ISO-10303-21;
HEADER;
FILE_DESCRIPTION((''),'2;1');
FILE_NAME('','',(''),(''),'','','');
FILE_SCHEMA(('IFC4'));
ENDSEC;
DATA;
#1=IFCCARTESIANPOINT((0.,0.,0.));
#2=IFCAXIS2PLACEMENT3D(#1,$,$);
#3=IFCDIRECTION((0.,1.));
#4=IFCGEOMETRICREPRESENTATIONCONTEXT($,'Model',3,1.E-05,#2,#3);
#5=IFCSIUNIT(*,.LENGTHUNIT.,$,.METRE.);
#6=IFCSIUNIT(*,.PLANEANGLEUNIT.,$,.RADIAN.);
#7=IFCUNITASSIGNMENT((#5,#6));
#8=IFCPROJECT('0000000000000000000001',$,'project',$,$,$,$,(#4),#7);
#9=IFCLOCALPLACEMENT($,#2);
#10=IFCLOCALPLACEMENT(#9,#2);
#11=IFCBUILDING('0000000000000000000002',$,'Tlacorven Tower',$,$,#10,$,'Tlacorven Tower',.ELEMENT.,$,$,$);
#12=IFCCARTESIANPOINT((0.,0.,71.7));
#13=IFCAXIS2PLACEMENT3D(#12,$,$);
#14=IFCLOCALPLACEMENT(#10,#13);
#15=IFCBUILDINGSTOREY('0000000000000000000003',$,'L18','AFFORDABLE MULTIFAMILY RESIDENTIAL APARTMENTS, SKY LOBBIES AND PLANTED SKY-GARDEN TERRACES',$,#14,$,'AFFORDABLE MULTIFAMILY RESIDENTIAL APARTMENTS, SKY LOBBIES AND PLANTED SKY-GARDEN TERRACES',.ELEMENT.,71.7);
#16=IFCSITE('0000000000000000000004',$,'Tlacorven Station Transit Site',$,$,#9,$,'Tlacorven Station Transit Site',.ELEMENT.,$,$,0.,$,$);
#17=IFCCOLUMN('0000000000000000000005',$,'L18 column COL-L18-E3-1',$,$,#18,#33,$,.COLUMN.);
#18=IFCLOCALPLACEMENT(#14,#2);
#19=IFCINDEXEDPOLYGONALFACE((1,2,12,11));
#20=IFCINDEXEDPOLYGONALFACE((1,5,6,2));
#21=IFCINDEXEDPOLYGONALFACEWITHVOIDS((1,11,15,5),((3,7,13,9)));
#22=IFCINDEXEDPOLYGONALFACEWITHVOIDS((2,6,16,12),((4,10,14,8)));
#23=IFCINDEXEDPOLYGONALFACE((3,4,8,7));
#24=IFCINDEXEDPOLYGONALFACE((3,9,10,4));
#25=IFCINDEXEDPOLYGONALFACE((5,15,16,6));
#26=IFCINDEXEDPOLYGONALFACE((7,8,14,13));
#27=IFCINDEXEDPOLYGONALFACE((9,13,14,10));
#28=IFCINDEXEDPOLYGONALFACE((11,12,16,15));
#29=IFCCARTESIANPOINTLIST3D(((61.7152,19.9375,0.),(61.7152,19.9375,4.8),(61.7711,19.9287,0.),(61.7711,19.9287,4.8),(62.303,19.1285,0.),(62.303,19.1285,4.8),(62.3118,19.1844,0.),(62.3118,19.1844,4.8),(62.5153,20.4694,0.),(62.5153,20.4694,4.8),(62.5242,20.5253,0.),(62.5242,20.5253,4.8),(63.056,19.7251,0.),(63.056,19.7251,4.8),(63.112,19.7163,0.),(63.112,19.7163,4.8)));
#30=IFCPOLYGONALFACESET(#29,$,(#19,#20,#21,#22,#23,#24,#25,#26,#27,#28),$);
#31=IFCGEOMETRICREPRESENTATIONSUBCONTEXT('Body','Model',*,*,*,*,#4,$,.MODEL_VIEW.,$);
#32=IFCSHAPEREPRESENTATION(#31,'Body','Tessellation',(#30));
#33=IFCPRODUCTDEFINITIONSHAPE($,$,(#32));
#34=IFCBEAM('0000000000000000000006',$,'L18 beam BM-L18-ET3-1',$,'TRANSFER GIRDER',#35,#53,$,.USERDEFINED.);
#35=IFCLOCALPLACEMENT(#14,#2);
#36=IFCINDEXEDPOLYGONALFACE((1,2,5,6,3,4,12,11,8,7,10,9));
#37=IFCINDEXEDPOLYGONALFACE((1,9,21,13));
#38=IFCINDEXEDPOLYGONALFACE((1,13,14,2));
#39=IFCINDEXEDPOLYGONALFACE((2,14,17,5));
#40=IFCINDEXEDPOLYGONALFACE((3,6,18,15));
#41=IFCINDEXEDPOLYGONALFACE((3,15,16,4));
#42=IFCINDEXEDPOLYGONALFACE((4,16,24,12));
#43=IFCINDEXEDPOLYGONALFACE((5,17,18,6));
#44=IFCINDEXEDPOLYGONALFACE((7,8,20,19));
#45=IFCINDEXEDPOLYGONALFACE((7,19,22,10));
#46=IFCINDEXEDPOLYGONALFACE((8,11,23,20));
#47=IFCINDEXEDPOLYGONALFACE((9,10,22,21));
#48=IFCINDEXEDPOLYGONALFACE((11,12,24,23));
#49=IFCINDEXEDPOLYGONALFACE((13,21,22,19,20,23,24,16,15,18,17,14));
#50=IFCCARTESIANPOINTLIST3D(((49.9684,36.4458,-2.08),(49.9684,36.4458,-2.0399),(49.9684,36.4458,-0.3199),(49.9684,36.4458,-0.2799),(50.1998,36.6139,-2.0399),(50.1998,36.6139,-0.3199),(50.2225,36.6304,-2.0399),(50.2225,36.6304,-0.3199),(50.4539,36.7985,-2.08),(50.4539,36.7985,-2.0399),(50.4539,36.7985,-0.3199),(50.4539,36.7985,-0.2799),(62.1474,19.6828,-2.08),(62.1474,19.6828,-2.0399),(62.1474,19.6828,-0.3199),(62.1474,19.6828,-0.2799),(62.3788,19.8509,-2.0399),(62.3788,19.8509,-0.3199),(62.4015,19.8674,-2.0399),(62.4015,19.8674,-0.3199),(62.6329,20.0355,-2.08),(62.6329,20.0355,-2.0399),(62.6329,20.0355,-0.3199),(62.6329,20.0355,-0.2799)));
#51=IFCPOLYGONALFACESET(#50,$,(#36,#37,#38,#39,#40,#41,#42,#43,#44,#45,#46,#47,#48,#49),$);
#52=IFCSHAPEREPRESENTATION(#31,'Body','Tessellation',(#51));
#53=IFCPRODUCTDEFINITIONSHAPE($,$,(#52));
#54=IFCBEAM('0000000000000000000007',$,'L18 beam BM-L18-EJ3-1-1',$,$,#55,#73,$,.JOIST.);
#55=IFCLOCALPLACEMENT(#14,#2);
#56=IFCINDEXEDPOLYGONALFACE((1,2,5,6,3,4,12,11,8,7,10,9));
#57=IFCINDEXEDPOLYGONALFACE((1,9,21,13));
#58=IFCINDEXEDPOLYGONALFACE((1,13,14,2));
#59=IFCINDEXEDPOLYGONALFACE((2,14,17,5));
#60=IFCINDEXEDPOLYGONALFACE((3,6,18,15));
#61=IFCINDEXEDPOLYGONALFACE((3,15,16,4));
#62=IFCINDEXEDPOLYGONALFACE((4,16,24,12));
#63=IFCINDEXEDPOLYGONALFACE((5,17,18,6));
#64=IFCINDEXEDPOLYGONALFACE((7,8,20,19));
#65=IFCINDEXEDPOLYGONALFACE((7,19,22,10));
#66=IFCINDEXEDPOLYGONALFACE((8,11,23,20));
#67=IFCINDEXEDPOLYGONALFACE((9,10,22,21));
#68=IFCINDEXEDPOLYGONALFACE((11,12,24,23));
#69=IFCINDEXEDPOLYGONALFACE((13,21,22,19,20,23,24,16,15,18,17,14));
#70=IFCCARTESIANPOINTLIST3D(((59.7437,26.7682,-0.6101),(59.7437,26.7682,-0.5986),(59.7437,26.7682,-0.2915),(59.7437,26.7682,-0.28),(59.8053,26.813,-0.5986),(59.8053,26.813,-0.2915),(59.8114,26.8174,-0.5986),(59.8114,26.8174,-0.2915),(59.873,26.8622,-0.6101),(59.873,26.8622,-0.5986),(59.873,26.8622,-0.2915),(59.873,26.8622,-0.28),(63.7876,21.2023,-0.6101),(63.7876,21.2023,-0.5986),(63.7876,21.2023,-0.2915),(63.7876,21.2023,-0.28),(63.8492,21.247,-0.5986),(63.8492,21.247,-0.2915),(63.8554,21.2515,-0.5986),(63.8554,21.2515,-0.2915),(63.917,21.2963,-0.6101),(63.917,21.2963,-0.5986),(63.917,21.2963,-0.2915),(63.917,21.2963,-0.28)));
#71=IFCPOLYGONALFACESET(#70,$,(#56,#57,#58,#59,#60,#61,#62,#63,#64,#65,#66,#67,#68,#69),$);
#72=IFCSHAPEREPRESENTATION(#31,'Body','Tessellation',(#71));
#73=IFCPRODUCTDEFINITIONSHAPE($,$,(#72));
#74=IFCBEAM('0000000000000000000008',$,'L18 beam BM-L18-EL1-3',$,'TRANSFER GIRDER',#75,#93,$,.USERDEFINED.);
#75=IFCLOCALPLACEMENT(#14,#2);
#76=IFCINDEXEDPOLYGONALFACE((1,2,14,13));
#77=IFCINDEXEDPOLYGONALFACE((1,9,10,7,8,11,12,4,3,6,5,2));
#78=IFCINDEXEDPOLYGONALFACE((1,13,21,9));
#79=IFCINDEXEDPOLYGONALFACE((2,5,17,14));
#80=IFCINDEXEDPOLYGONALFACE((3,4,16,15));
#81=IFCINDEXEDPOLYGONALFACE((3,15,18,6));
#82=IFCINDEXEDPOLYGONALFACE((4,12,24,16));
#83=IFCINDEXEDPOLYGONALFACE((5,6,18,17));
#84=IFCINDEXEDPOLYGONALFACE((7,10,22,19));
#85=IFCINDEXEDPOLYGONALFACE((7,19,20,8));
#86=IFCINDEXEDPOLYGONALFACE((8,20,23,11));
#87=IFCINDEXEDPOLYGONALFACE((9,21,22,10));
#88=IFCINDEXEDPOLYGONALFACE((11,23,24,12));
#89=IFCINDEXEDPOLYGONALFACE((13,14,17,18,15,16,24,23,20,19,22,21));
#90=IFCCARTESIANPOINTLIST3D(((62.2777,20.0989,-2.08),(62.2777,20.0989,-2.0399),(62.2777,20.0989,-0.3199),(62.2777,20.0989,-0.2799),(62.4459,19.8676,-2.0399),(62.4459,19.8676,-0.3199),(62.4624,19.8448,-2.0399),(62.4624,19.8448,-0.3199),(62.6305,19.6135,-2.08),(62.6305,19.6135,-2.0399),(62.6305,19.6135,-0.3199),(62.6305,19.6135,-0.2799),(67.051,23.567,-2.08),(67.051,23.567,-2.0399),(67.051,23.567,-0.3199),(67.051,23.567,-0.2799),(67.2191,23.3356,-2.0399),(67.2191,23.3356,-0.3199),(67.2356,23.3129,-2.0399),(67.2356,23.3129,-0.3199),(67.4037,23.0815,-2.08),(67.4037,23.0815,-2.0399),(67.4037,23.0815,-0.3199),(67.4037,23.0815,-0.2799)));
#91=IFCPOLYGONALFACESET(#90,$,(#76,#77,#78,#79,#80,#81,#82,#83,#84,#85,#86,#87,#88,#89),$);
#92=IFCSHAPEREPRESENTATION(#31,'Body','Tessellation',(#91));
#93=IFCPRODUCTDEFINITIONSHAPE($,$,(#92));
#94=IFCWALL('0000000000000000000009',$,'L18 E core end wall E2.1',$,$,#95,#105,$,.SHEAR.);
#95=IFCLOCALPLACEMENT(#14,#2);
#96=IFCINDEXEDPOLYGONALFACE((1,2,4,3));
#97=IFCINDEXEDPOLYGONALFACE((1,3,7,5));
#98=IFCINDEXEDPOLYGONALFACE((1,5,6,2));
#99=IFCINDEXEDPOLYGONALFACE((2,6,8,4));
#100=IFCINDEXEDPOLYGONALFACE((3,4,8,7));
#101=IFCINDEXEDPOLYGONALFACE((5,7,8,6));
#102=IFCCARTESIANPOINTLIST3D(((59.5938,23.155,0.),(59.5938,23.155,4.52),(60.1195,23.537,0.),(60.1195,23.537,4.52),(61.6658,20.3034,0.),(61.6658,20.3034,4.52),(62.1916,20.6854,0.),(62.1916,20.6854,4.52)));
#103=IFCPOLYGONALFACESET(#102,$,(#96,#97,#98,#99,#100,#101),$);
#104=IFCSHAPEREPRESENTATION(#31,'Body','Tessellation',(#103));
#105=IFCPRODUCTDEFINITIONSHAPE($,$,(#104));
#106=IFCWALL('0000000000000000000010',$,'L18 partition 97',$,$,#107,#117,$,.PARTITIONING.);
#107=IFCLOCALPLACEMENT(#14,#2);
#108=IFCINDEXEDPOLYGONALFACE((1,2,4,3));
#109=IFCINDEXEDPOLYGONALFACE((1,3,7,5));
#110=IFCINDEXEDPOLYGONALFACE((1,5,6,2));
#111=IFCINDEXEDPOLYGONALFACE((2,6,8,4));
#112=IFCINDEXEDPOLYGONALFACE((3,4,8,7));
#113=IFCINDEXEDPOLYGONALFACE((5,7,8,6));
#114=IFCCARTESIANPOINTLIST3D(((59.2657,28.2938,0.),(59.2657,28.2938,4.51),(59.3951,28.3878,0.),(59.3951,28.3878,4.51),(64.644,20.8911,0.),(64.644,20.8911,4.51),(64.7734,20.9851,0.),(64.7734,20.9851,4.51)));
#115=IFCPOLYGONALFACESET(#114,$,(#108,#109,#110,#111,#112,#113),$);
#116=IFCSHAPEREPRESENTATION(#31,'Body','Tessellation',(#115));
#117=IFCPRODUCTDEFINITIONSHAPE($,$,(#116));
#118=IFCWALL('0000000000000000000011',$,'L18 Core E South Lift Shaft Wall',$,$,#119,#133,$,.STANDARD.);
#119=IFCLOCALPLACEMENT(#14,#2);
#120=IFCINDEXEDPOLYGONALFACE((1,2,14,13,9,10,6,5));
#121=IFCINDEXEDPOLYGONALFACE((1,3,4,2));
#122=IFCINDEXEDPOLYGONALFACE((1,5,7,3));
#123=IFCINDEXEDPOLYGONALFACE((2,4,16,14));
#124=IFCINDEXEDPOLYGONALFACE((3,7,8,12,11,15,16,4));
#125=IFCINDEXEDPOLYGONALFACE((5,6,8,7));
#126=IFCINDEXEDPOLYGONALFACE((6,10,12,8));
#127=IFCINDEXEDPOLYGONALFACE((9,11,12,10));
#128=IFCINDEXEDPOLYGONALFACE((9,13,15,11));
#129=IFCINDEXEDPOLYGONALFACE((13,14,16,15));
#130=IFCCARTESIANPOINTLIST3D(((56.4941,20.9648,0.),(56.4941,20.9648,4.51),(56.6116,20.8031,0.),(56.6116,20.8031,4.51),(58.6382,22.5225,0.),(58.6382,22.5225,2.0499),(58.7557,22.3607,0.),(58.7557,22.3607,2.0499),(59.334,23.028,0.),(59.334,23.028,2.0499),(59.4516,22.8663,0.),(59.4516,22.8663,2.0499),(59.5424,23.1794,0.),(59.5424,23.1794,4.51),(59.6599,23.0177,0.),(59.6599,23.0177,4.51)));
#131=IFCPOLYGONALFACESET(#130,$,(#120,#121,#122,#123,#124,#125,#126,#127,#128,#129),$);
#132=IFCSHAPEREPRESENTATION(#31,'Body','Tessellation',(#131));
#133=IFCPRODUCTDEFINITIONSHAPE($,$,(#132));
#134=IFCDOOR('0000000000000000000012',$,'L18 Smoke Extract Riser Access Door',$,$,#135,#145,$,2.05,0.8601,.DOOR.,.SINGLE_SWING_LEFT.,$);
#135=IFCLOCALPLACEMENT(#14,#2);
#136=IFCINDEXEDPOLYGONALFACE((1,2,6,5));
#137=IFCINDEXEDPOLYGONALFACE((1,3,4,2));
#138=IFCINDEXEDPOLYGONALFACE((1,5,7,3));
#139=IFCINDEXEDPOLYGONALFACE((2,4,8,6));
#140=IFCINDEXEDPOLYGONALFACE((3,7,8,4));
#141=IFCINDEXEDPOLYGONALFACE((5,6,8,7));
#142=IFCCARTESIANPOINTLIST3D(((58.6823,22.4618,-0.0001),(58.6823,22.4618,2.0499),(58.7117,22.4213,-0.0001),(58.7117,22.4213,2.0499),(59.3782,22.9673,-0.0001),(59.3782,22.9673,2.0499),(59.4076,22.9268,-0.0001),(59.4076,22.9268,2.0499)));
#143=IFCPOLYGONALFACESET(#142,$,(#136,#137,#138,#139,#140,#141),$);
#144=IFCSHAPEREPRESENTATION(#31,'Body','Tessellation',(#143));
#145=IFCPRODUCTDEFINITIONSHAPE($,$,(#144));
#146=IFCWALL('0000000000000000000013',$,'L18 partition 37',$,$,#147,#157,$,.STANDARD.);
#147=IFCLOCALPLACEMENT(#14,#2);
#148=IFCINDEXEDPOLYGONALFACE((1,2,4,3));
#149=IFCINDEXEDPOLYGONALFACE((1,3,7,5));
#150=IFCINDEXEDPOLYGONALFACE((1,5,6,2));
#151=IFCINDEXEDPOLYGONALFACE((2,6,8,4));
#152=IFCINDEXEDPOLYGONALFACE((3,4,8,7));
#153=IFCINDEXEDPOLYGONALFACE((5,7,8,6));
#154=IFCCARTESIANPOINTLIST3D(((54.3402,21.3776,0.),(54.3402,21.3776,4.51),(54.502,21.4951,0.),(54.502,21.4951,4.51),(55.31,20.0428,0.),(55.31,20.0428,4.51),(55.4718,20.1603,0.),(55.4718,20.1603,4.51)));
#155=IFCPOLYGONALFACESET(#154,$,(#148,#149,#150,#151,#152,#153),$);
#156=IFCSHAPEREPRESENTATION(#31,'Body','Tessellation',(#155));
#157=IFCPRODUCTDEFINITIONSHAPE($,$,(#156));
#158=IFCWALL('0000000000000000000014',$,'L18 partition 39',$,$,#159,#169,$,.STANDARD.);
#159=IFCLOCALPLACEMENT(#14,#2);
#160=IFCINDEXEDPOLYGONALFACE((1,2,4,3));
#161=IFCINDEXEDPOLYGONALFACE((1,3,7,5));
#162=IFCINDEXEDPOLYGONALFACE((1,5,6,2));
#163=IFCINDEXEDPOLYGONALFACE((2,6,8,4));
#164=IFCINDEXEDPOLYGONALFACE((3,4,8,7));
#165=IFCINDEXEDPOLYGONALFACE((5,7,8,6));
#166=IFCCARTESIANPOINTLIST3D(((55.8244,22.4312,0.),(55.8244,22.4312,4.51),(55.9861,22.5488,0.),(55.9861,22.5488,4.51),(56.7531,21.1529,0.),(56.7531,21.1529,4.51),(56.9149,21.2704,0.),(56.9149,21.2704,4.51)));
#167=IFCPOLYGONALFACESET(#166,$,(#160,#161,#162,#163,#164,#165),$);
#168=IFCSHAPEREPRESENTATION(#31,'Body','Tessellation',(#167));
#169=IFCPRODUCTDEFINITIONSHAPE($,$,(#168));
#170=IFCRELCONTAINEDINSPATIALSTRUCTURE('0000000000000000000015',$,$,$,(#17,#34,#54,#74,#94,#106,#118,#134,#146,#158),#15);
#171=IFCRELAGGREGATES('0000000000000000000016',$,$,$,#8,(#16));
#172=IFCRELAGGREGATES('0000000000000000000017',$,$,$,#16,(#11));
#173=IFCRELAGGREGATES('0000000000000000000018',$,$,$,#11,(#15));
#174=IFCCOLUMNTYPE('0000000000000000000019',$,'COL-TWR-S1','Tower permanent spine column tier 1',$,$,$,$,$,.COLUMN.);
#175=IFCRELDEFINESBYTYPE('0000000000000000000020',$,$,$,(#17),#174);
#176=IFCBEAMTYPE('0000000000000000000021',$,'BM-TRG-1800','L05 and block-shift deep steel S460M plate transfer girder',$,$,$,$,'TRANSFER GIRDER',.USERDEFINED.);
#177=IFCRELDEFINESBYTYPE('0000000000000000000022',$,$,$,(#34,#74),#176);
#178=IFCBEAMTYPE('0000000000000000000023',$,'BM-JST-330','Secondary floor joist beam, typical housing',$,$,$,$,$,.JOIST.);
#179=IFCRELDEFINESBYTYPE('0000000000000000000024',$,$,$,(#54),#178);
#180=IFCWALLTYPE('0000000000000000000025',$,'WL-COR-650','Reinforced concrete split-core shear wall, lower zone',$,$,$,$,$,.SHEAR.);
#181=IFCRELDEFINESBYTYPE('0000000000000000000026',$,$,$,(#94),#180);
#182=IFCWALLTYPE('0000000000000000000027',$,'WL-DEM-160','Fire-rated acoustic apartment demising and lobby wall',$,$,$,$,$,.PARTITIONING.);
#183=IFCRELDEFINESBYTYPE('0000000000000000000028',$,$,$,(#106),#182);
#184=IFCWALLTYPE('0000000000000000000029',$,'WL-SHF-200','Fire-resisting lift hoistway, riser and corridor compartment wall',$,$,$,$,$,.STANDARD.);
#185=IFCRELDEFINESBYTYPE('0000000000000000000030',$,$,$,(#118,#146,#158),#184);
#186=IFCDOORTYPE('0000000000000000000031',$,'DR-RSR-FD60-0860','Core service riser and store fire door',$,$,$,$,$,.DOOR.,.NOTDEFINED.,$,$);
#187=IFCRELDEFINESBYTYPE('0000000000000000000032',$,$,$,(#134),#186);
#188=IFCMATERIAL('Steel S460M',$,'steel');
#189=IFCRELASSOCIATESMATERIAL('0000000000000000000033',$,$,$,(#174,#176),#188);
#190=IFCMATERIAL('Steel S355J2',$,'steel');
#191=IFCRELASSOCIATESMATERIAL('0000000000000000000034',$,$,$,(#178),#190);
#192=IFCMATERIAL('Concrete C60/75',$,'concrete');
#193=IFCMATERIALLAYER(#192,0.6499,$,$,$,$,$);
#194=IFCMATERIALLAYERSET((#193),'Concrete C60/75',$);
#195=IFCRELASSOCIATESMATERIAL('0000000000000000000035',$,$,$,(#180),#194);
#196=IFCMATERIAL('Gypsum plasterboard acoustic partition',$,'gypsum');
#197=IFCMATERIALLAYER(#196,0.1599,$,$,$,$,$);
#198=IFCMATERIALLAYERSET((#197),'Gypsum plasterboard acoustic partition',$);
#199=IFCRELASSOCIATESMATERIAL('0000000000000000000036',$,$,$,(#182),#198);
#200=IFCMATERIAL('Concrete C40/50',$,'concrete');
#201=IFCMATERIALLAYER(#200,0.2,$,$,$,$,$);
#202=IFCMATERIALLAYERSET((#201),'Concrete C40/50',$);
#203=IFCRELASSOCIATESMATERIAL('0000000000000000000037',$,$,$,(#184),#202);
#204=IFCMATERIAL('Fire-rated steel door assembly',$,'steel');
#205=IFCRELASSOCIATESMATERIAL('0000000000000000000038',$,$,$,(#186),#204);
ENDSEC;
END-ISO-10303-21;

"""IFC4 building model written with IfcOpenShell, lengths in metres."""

from ifc_helpers import new_model, si_unit, direction, frame, frame_2d, origin, origin_2d, place, context, subcontext, project, spatial, rectangle, hollow_rectangle, i_section, extrude, source, transform, mapped, material, layer, layer_set, material_profile, profile_set, type_object, element, fill, save


model = new_model("IFC4")

# Units and contexts
model_context = context("Model", 3, precision=1e-05, world=origin(), true_north=direction((0.0, 1.0)))
body_context = subcontext(model_context, "Body", "Model", "MODEL_VIEW")
ifc_project = project(units=[si_unit("LENGTHUNIT", "METRE"), si_unit("PLANEANGLEUNIT", "RADIAN")], contexts=[model_context])

# Site, building, storey
site_placement = place(None, origin())
site = spatial("IfcSite", under=ifc_project, at=site_placement, Name="Tlacorven Station Transit Site", LongName="Tlacorven Station Transit Site", CompositionType="ELEMENT", RefElevation=0.0)
building_placement = place(site_placement, origin())
building = spatial("IfcBuilding", under=site, at=building_placement, Name="Tlacorven Tower", LongName="Tlacorven Tower", CompositionType="ELEMENT")
storey_placement = place(building_placement, frame((0.0, 0.0, 71.7)))
storey = spatial("IfcBuildingStorey", under=building, at=storey_placement, Name="L18", Description="AFFORDABLE MULTIFAMILY RESIDENTIAL APARTMENTS, SKY LOBBIES AND PLANTED SKY-GARDEN TERRACES", LongName="AFFORDABLE MULTIFAMILY RESIDENTIAL APARTMENTS, SKY LOBBIES AND PLANTED SKY-GARDEN TERRACES", CompositionType="ELEMENT", Elevation=71.7)

# Column
ifc_material_1 = material(Name="Steel S460M", Category="steel")
ifc_material_profile_1 = material_profile(ifc_material_1, hollow_rectangle(XDim=1.0, YDim=1.0, WallThickness=0.04, at=origin_2d()), Name="BOX 1000X1000X40")
ifc_profile_set_1 = profile_set([ifc_material_profile_1], Name="Steel S460M")
column_type = type_object("IfcColumnType", Name="COL-TWR-S1", Description="Tower permanent spine column tier 1", PredefinedType="COLUMN", material=ifc_profile_set_1)
shared_shape_1 = source(origin(), body_context, "Body", "SweptSolid", [
    extrude(hollow_rectangle(XDim=1.0, YDim=1.0, WallThickness=0.04, at=origin_2d()), origin(), (0.0, 0.0, 1.0), 4.8),
])
column_placement = place(storey_placement, frame((62.4136, 19.8269, 0.0), z_axis=(0.0, 0.0, 1.0), x_axis=(0.809017, 0.587785, 0.0)))
element("IfcColumn", 1, at=column_placement, inside=storey, type_object=column_type, Name="L18 column COL-L18-E3-1", PredefinedType="COLUMN", context=body_context, shape_type="MappedRepresentation", body=[
    mapped(shared_shape_1, transform((0.0, 0.0, 0.0), scale=1.0)),
])

# Beams
ifc_material_profile_2 = material_profile(ifc_material_1, i_section(OverallWidth=0.6001, OverallDepth=1.8, WebThickness=0.0281, FlangeThickness=0.04, at=origin_2d()), Name="PG 1800X600X28X40")
ifc_profile_set_2 = profile_set([ifc_material_profile_2], Name="Steel S460M")
beam_type_1 = type_object("IfcBeamType", Name="BM-TRG-1800", Description="L05 and block-shift deep steel S460M plate transfer girder", ElementType="TRANSFER GIRDER", PredefinedType="USERDEFINED", material=ifc_profile_set_2)
shared_shape_2 = source(origin(), body_context, "Body", "SweptSolid", [
    extrude(i_section(OverallWidth=0.6001, OverallDepth=1.8, WebThickness=0.0281, FlangeThickness=0.04, at=origin_2d()), origin(), (0.0, 0.0, 1.0), 20.7202),
])
beam_1_placement = place(storey_placement, frame((62.3901, 19.8591, -1.1799), z_axis=(-0.587784, 0.809018, 0.0), x_axis=(-0.809018, -0.587784, 0.0)))
element("IfcBeam", 2, at=beam_1_placement, inside=storey, type_object=beam_type_1, Name="L18 beam BM-L18-ET3-1", ObjectType="TRANSFER GIRDER", PredefinedType="USERDEFINED", context=body_context, shape_type="MappedRepresentation", body=[
    mapped(shared_shape_2, transform((0.0, 0.0, 0.0), scale=1.0)),
])
ifc_material_2 = material(Name="Steel S355J2", Category="steel")
ifc_material_profile_3 = material_profile(ifc_material_2, i_section(OverallWidth=0.1599, OverallDepth=0.3301, WebThickness=0.0076, FlangeThickness=0.0115, at=origin_2d()), Name="IPE 330")
ifc_profile_set_3 = profile_set([ifc_material_profile_3], Name="Steel S355J2")
beam_type_2 = type_object("IfcBeamType", Name="BM-JST-330", Description="Secondary floor joist beam, typical housing", PredefinedType="JOIST", material=ifc_profile_set_3)
shared_shape_3 = source(origin(), body_context, "Body", "SweptSolid", [
    extrude(i_section(OverallWidth=0.1599, OverallDepth=0.3301, WebThickness=0.0076, FlangeThickness=0.0115, at=origin_2d()), origin(), (0.0, 0.0, 1.0), 6.8799),
])
beam_2_placement = place(storey_placement, frame((63.8523, 21.2493, -0.4451), z_axis=(-0.587792, 0.809012, 0.0), x_axis=(-0.809012, -0.587792, 0.0)))
element("IfcBeam", 3, at=beam_2_placement, inside=storey, type_object=beam_type_2, Name="L18 beam BM-L18-EJ3-1-1", PredefinedType="JOIST", context=body_context, shape_type="MappedRepresentation", body=[
    mapped(shared_shape_3, transform((0.0, 0.0, 0.0), scale=1.0)),
])
shared_shape_4 = source(origin(), body_context, "Body", "SweptSolid", [
    extrude(i_section(OverallWidth=0.6001, OverallDepth=1.8, WebThickness=0.0281, FlangeThickness=0.04, at=origin_2d()), origin(), (0.0, 0.0, 1.0), 5.9001),
])
beam_3_placement = place(storey_placement, frame((62.4541, 19.8562, -1.1799), z_axis=(0.80901, 0.587795, 0.0), x_axis=(-0.587795, 0.80901, 0.0)))
element("IfcBeam", 4, at=beam_3_placement, inside=storey, type_object=beam_type_1, Name="L18 beam BM-L18-EL1-3", ObjectType="TRANSFER GIRDER", PredefinedType="USERDEFINED", context=body_context, shape_type="MappedRepresentation", body=[
    mapped(shared_shape_4, transform((0.0, 0.0, 0.0), scale=1.0)),
])

# Walls
ifc_material_3 = material(Name="Concrete C60/75", Category="concrete")
ifc_layer_1 = layer(ifc_material_3, 0.6499)
ifc_layer_set_1 = layer_set([ifc_layer_1], Name="Concrete C60/75")
wall_type_1 = type_object("IfcWallType", Name="WL-COR-650", Description="Reinforced concrete split-core shear wall, lower zone", PredefinedType="SHEAR", material=ifc_layer_set_1)
wall_1_placement = place(storey_placement, frame((61.9287, 20.4944, 0.0), z_axis=(0.0, 0.0, 1.0), x_axis=(-0.58783, 0.808985, 0.0)))
element("IfcWall", 5, at=wall_1_placement, inside=storey, type_object=wall_type_1, Name="L18 E core end wall E2.1", PredefinedType="SHEAR", context=body_context, shape_type="SweptSolid", body=[
    extrude(rectangle(XDim=3.5249, YDim=0.6499, at=frame_2d((1.7625, 0.0))), origin(), (0.0, 0.0, 1.0), 4.52),
])
ifc_material_4 = material(Name="Gypsum plasterboard acoustic partition", Category="gypsum")
ifc_layer_2 = layer(ifc_material_4, 0.1599)
ifc_layer_set_2 = layer_set([ifc_layer_2], Name="Gypsum plasterboard acoustic partition")
wall_type_2 = type_object("IfcWallType", Name="WL-DEM-160", Description="Fire-rated acoustic apartment demising and lobby wall", PredefinedType="PARTITIONING", material=ifc_layer_set_2)
wall_2_placement = place(storey_placement, frame((64.7087, 20.938, 0.0), z_axis=(0.0, 0.0, 1.0), x_axis=(-0.587777, 0.809023, 0.0)))
element("IfcWall", 6, at=wall_2_placement, inside=storey, type_object=wall_type_2, Name="L18 partition 97", PredefinedType="PARTITIONING", context=body_context, shape_type="SweptSolid", body=[
    extrude(rectangle(XDim=9.1501, YDim=0.1599, at=frame_2d((4.5752, 0.0))), origin(), (0.0, 0.0, 1.0), 4.51),
])

# Wall, opening, door
ifc_material_5 = material(Name="Concrete C40/50", Category="concrete")
ifc_layer_3 = layer(ifc_material_5, 0.2)
ifc_layer_set_3 = layer_set([ifc_layer_3], Name="Concrete C40/50")
wall_type_3 = type_object("IfcWallType", Name="WL-SHF-200", Description="Fire-resisting lift hoistway, riser and corridor compartment wall", PredefinedType="STANDARD", material=ifc_layer_set_3)
wall_3_placement = place(storey_placement, frame((56.553, 20.884, 0.0), z_axis=(0.0, 0.0, 1.0), x_axis=(0.809036, 0.587759, 0.0)))
wall_3 = element("IfcWall", 7, at=wall_3_placement, inside=storey, type_object=wall_type_3, Name="L18 Core E South Lift Shaft Wall", PredefinedType="STANDARD", context=body_context, shape_type="SweptSolid", body=[
    extrude(rectangle(XDim=3.7678, YDim=0.2, at=frame_2d((1.8838, 0.0))), origin(), (0.0, 0.0, 1.0), 4.51),
])
opening_1_placement = place(wall_3_placement, frame((2.6499, 0.0, 0.0)))
opening_1 = element("IfcOpeningElement", 8, at=opening_1_placement, cuts=wall_3, PredefinedType="OPENING", context=body_context, shape_type="SweptSolid", body=[
    extrude(rectangle(XDim=0.8601, YDim=2.05, at=frame_2d((0.4302, 1.0249))), frame((0.0, 0.1099, 0.0), z_axis=(0.0, -1.0, 0.0), x_axis=(1.0, 0.0, 0.0)), (0.0, 0.0, 1.0), 0.22),
])
ifc_material_6 = material(Name="Fire-rated steel door assembly", Category="steel")
door_type_1 = type_object("IfcDoorType", Name="DR-RSR-FD60-0860", Description="Core service riser and store fire door", OperationType="NOTDEFINED", PredefinedType="DOOR", material=ifc_material_6)
shared_shape_5 = source(origin(), body_context, "Body", "SweptSolid", [
    extrude(rectangle(XDim=0.8601, YDim=2.05, at=frame_2d((0.4302, 1.0249))), frame((0.0, 0.0249, 0.0), z_axis=(0.0, -1.0, 0.0), x_axis=(1.0, 0.0, 0.0)), (0.0, 0.0, 1.0), 0.05),
])
door_1_placement = place(opening_1_placement, origin())
door_1 = element("IfcDoor", 9, at=door_1_placement, inside=storey, type_object=door_type_1, Name="L18 Smoke Extract Riser Access Door", OperationType="SINGLE_SWING_LEFT", OverallHeight=2.05, OverallWidth=0.8601, PredefinedType="DOOR", context=body_context, shape_type="MappedRepresentation", body=[
    mapped(shared_shape_5, transform((0.0, 0.0, 0.0), scale=1.0)),
])
fill(opening_1, door_1)

# Walls
wall_4_placement = place(storey_placement, frame((55.3909, 20.1016, 0.0), z_axis=(0.0, 0.0, 1.0), x_axis=(-0.587784, 0.809018, 0.0)))
element("IfcWall", 10, at=wall_4_placement, inside=storey, type_object=wall_type_3, Name="L18 partition 37", PredefinedType="STANDARD", context=body_context, shape_type="SweptSolid", body=[
    extrude(rectangle(XDim=1.6499, YDim=0.2, at=frame_2d((0.825, 0.0))), origin(), (0.0, 0.0, 1.0), 4.51),
])
wall_5_placement = place(storey_placement, frame((56.834, 21.2117, 0.0), z_axis=(0.0, 0.0, 1.0), x_axis=(-0.587767, 0.80903, 0.0)))
element("IfcWall", 11, at=wall_5_placement, inside=storey, type_object=wall_type_3, Name="L18 partition 39", PredefinedType="STANDARD", context=body_context, shape_type="SweptSolid", body=[
    extrude(rectangle(XDim=1.5801, YDim=0.2, at=frame_2d((0.79, 0.0))), origin(), (0.0, 0.0, 1.0), 4.51),
])

save(model, "model.ifc")
